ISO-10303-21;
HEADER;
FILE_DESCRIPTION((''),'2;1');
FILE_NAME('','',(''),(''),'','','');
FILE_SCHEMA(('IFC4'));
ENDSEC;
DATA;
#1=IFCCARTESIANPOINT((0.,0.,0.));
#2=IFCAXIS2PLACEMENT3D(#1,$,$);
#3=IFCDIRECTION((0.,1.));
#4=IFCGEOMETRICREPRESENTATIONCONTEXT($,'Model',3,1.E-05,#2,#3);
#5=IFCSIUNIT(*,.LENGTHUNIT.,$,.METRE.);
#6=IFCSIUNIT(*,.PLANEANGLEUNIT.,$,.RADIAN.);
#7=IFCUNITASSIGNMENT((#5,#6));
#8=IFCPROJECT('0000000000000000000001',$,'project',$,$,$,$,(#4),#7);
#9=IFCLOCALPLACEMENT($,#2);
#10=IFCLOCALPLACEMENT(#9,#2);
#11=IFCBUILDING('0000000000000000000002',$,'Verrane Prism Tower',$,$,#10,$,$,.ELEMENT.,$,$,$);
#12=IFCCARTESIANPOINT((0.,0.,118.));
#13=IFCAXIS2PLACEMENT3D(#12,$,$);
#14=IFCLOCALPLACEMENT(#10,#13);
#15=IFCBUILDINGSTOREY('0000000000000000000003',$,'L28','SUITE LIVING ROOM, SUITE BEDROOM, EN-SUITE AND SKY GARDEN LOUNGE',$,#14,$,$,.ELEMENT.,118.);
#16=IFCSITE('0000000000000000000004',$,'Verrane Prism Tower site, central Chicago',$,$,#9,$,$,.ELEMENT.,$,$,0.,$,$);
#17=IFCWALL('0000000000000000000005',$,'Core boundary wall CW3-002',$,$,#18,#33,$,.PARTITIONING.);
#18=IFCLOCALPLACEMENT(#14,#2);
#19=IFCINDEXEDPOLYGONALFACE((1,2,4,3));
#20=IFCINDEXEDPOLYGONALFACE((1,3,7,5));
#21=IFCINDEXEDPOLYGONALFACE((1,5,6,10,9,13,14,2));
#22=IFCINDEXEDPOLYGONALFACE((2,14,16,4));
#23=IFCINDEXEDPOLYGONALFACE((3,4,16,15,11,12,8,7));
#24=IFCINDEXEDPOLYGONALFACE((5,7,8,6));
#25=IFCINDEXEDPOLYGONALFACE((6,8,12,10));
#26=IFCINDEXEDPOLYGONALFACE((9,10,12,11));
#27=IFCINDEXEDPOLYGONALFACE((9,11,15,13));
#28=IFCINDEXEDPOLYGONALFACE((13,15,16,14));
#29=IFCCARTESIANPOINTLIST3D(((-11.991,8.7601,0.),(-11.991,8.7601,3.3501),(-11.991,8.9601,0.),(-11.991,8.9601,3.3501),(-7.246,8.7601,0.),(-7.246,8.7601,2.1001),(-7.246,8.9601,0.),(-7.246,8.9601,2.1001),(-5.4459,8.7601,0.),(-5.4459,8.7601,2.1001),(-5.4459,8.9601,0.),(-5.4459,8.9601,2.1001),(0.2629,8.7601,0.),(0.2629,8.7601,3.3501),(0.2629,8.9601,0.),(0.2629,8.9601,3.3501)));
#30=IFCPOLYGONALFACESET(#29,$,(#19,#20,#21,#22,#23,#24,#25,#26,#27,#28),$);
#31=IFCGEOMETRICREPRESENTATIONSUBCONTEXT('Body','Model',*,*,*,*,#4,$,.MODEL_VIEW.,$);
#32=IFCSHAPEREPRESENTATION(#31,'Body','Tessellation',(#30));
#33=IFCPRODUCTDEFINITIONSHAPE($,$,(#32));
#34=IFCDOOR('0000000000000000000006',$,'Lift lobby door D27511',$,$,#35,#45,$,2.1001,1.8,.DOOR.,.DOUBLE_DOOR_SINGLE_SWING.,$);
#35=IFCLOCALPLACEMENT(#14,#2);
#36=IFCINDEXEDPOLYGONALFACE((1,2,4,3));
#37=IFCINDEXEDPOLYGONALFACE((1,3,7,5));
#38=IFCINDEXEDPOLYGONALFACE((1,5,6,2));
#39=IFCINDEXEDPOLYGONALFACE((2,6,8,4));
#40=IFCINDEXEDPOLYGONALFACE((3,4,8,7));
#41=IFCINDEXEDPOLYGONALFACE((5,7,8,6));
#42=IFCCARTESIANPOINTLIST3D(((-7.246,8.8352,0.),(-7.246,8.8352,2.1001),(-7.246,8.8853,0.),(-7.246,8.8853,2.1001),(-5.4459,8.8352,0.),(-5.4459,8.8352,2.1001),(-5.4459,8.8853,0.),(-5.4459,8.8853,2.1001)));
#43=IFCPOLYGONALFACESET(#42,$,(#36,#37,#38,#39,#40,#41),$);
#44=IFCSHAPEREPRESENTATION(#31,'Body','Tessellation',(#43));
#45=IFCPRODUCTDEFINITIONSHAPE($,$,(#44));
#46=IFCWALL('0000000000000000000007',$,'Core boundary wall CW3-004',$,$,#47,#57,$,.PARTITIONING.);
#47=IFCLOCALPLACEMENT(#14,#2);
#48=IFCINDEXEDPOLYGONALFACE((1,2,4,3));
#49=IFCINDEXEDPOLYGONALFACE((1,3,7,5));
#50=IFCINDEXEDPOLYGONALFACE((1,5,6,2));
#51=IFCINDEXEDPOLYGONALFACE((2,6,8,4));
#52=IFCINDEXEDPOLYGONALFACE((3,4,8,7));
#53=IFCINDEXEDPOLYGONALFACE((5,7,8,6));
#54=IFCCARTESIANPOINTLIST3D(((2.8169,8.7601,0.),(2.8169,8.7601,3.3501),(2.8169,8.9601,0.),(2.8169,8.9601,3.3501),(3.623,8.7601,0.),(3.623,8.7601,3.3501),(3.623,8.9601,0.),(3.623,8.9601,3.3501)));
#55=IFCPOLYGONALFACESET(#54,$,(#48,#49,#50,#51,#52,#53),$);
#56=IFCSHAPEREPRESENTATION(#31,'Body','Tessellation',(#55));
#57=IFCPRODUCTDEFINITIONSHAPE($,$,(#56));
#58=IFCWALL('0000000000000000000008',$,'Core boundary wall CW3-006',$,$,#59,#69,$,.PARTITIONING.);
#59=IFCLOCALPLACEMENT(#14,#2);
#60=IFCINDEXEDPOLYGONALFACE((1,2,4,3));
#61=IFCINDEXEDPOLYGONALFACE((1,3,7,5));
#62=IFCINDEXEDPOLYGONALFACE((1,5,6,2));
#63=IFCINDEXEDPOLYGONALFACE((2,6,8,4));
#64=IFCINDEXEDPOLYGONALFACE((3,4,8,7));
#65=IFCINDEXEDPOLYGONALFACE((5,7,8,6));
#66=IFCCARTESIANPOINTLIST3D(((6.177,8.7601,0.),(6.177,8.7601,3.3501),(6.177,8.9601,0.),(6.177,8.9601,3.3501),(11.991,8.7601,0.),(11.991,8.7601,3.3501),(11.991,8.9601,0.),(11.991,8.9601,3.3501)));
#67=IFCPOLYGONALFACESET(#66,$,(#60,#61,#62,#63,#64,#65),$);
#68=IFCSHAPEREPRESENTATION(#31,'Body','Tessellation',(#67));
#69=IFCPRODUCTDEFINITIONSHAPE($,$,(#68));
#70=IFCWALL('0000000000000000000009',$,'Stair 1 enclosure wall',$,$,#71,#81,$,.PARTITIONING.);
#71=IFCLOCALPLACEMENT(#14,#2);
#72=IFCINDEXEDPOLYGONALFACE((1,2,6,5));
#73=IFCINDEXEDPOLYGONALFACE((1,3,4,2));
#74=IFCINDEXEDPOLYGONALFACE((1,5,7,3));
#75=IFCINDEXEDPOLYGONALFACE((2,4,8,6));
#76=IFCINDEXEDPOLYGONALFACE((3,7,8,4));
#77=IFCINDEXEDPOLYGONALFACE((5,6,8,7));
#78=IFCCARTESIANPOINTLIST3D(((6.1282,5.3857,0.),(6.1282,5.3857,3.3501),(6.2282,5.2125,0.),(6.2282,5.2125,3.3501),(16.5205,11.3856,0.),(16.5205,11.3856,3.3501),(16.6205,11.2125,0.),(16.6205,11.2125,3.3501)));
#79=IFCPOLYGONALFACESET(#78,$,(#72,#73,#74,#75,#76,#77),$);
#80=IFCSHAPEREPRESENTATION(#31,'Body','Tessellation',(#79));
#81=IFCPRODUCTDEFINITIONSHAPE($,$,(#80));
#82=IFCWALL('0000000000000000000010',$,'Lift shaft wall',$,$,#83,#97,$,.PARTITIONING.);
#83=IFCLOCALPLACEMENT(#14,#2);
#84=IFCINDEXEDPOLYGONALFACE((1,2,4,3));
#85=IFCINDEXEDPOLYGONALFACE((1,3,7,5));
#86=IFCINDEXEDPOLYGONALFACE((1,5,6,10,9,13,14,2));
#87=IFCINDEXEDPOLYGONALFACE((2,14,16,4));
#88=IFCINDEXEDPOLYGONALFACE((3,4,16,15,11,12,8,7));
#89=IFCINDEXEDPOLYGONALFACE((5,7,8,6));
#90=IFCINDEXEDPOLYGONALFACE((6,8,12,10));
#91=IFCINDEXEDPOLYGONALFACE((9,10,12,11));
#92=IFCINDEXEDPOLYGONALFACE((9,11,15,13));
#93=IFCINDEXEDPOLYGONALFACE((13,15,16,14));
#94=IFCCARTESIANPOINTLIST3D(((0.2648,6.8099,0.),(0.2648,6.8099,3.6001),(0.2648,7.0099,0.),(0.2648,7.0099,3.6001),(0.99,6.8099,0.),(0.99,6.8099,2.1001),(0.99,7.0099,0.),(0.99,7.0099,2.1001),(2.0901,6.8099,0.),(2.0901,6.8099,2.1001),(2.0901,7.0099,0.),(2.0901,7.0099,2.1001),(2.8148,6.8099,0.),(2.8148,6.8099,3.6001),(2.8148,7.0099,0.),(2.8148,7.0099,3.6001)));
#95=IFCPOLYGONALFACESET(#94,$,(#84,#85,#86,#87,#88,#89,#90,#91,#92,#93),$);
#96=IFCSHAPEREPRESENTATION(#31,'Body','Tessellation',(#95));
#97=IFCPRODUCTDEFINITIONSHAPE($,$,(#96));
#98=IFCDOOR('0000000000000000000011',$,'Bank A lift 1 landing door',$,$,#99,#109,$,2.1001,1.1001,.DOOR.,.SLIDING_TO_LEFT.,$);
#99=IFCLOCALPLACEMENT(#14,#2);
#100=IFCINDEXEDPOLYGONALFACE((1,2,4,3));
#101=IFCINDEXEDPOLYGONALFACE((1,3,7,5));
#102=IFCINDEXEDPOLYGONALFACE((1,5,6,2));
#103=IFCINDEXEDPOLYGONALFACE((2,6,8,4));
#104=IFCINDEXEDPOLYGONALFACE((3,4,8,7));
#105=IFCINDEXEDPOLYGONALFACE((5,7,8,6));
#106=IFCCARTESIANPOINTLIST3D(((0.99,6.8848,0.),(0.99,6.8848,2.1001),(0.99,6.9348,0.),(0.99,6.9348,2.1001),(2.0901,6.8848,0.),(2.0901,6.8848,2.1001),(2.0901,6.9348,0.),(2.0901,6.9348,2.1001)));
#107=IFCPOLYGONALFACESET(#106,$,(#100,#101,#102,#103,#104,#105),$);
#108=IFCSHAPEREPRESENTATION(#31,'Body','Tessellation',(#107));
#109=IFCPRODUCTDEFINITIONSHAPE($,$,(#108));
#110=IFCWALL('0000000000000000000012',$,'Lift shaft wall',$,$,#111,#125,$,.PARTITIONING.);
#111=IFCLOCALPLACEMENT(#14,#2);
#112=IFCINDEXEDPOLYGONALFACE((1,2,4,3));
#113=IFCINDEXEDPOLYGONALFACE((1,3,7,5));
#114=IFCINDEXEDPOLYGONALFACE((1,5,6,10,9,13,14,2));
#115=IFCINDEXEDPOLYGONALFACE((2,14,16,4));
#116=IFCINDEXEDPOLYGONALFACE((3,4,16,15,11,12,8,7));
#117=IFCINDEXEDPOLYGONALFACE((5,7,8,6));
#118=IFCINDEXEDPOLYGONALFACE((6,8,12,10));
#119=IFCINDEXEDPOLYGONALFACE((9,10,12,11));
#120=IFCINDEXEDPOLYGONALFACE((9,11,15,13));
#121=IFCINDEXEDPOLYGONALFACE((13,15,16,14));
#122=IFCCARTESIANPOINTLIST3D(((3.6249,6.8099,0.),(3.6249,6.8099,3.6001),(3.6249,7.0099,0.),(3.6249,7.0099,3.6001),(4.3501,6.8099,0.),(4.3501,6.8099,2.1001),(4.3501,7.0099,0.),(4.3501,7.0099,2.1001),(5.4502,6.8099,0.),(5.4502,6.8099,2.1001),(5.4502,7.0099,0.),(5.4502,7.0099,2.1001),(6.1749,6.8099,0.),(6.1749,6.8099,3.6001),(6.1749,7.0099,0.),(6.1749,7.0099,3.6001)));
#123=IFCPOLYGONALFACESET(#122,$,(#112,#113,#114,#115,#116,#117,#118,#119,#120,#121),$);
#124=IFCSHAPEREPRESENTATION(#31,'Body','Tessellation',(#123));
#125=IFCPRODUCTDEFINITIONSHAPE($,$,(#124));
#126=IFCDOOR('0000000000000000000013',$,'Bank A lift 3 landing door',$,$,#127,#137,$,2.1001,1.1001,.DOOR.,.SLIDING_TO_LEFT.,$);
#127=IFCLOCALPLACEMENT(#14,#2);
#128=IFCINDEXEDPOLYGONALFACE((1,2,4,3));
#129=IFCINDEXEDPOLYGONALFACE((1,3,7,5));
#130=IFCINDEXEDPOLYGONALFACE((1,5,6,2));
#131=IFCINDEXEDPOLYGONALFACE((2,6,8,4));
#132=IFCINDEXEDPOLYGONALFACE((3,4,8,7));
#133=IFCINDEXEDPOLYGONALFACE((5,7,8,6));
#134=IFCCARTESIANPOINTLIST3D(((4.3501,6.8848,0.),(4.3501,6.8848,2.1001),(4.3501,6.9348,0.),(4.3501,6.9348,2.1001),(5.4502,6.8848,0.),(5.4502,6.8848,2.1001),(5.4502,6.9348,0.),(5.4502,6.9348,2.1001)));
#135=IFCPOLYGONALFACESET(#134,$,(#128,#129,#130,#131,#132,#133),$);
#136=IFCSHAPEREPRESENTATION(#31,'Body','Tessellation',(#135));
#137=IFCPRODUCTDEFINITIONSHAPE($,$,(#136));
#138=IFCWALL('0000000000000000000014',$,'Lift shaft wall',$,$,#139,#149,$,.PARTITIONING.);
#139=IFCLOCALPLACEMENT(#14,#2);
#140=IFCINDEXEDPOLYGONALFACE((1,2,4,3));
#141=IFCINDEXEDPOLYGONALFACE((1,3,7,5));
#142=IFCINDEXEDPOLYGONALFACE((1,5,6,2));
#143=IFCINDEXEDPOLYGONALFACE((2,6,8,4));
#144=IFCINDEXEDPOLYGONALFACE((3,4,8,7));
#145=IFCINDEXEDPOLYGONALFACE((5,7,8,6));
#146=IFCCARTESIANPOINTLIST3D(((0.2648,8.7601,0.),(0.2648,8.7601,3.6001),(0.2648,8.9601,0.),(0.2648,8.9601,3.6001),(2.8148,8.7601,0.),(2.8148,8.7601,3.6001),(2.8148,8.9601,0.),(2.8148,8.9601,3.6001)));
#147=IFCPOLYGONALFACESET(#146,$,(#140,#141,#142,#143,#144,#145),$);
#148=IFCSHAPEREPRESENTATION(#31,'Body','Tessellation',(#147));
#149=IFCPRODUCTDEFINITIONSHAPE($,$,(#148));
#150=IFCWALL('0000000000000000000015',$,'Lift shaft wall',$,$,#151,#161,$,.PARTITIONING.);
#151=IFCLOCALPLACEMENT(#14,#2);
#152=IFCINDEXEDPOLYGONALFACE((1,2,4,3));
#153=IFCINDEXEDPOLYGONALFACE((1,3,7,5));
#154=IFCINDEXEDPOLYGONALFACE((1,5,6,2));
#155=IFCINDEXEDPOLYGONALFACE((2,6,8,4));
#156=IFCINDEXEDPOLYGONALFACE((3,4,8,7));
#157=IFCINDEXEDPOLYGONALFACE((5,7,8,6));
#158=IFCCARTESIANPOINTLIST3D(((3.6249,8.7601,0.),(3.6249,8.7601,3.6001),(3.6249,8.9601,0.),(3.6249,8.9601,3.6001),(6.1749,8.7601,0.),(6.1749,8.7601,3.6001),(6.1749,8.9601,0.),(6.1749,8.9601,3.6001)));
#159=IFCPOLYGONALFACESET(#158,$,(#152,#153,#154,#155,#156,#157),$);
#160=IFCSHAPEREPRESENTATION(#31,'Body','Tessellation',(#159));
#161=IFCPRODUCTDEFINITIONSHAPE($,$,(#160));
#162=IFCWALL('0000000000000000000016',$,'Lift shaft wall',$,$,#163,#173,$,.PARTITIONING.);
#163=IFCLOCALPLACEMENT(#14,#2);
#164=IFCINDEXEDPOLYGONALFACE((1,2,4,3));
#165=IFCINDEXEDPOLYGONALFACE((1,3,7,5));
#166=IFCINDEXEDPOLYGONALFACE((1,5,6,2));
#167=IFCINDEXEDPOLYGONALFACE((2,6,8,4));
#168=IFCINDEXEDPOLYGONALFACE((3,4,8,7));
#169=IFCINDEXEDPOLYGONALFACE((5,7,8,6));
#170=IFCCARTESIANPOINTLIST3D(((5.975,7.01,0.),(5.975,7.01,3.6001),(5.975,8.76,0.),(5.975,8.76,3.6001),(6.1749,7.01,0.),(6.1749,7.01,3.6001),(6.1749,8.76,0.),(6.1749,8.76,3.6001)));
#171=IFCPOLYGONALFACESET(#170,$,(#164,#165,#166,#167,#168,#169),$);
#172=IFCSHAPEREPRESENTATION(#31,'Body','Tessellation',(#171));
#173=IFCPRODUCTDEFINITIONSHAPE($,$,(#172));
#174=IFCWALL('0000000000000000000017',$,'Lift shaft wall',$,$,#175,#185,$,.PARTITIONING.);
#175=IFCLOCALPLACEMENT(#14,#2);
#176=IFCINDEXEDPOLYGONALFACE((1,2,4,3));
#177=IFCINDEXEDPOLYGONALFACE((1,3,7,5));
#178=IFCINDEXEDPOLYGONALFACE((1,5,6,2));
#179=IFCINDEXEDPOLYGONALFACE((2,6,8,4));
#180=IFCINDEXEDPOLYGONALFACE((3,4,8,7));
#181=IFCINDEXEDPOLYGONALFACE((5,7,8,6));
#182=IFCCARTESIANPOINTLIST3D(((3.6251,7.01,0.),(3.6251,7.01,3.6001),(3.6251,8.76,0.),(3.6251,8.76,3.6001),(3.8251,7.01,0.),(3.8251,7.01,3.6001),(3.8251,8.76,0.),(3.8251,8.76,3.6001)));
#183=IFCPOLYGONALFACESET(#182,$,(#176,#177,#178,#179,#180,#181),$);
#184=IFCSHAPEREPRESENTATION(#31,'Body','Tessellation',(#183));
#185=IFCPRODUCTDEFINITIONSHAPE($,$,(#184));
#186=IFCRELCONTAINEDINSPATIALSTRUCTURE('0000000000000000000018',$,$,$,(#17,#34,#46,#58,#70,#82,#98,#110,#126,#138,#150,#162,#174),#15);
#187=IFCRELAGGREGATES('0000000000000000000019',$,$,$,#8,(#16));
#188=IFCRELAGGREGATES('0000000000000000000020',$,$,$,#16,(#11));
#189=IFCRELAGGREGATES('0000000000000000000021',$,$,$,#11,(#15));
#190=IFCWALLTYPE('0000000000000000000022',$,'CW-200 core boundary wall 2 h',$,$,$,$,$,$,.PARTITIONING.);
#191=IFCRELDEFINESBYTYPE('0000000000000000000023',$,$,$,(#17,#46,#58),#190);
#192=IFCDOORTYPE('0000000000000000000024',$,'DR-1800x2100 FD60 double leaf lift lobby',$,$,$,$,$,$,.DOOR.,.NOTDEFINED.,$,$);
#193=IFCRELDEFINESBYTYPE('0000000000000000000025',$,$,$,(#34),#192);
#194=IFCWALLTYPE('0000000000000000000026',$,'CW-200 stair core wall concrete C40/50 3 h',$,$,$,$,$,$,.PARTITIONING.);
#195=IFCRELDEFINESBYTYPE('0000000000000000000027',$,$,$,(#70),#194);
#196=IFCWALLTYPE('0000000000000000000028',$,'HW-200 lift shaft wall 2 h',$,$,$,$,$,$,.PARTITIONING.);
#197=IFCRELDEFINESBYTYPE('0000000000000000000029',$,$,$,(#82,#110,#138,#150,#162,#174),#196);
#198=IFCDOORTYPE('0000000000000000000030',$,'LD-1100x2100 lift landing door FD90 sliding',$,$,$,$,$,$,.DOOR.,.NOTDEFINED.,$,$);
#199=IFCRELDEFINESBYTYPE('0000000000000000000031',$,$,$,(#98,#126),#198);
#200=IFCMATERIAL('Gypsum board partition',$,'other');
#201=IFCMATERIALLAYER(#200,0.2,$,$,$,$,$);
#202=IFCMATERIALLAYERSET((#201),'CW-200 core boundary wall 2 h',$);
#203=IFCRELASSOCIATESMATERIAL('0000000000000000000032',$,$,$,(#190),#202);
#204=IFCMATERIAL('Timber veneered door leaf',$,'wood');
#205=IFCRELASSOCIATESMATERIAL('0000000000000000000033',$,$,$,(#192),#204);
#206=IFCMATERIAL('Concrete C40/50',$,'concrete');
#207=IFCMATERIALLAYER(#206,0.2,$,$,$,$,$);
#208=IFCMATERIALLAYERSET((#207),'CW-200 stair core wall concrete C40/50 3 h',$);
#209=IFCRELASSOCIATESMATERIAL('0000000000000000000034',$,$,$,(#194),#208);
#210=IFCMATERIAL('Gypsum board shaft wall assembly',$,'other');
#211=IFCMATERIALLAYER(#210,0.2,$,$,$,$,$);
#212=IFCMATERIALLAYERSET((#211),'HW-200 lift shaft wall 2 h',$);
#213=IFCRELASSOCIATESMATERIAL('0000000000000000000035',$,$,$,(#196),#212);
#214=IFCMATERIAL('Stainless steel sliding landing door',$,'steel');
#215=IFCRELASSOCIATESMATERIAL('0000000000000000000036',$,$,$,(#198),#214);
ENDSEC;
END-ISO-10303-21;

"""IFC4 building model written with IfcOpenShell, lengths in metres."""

from ifc_helpers import new_model, si_unit, direction, frame, frame_2d, origin, place, context, subcontext, project, spatial, rectangle, extrude, material, layer, layer_set, type_object, element, fill, save


model = new_model("IFC4")

# Units and contexts
model_context = context("Model", 3, precision=1e-05, world=origin(), true_north=direction((0.0, 1.0)))
body_context = subcontext(model_context, "Body", "Model", "MODEL_VIEW")
ifc_project = project(units=[si_unit("LENGTHUNIT", "METRE"), si_unit("PLANEANGLEUNIT", "RADIAN")], contexts=[model_context])

# Site, building, storey
site_placement = place(None, origin())
site = spatial("IfcSite", under=ifc_project, at=site_placement, Name="Verrane Prism Tower site, central Chicago", CompositionType="ELEMENT", RefElevation=0.0)
building_placement = place(site_placement, origin())
building = spatial("IfcBuilding", under=site, at=building_placement, Name="Verrane Prism Tower", CompositionType="ELEMENT")
storey_placement = place(building_placement, frame((0.0, 0.0, 118.0)))
storey = spatial("IfcBuildingStorey", under=building, at=storey_placement, Name="L28", Description="SUITE LIVING ROOM, SUITE BEDROOM, EN-SUITE AND SKY GARDEN LOUNGE", CompositionType="ELEMENT", Elevation=118.0)

# Wall, opening, door
ifc_material_1 = material(Name="Gypsum board partition", Category="other")
ifc_layer_1 = layer(ifc_material_1, 0.2)
ifc_layer_set_1 = layer_set([ifc_layer_1], Name="CW-200 core boundary wall 2 h")
wall_type_1 = type_object("IfcWallType", Name="CW-200 core boundary wall 2 h", PredefinedType="PARTITIONING", material=ifc_layer_set_1)
wall_1_placement = place(storey_placement, frame((0.2629, 8.8601, 0.0), z_axis=(0.0, 0.0, 1.0), x_axis=(-1.0, 0.0, 0.0)))
wall_1 = element("IfcWall", 1, at=wall_1_placement, inside=storey, type_object=wall_type_1, Name="Core boundary wall CW3-002", PredefinedType="PARTITIONING", context=body_context, shape_type="SweptSolid", body=[
    extrude(rectangle(XDim=12.2539, YDim=0.2, at=frame_2d((6.127, 0.0))), origin(), (0.0, 0.0, 1.0), 3.3501),
])
opening_1_placement = place(wall_1_placement, frame((5.709, 0.0, 0.0)))
opening_1 = element("IfcOpeningElement", 2, at=opening_1_placement, cuts=wall_1, PredefinedType="OPENING", context=body_context, shape_type="SweptSolid", body=[
    extrude(rectangle(XDim=1.8, YDim=2.1001, at=frame_2d((0.8999, 1.05))), frame((0.0, 0.1099, 0.0), z_axis=(0.0, -1.0, 0.0), x_axis=(1.0, 0.0, 0.0)), (0.0, 0.0, 1.0), 0.22),
])
ifc_material_2 = material(Name="Timber veneered door leaf", Category="wood")
door_type_1 = type_object("IfcDoorType", Name="DR-1800x2100 FD60 double leaf lift lobby", OperationType="NOTDEFINED", PredefinedType="DOOR", material=ifc_material_2)
door_1_placement = place(opening_1_placement, origin())
door_1 = element("IfcDoor", 3, at=door_1_placement, inside=storey, type_object=door_type_1, Name="Lift lobby door D27511", OperationType="DOUBLE_DOOR_SINGLE_SWING", OverallHeight=2.1001, OverallWidth=1.8, PredefinedType="DOOR", context=body_context, shape_type="SweptSolid", body=[
    extrude(rectangle(XDim=1.8, YDim=2.1001, at=frame_2d((0.8999, 1.05))), frame((0.0, 0.0249, 0.0), z_axis=(0.0, -1.0, 0.0), x_axis=(1.0, 0.0, 0.0)), (0.0, 0.0, 1.0), 0.05),
])
fill(opening_1, door_1)

# Walls
wall_2_placement = place(storey_placement, frame((2.8169, 8.8601, 0.0), z_axis=(0.0, 0.0, 1.0), x_axis=(1.0, 0.0, 0.0)))
element("IfcWall", 4, at=wall_2_placement, inside=storey, type_object=wall_type_1, Name="Core boundary wall CW3-004", PredefinedType="PARTITIONING", context=body_context, shape_type="SweptSolid", body=[
    extrude(rectangle(XDim=0.8062, YDim=0.2, at=frame_2d((0.4031, 0.0))), origin(), (0.0, 0.0, 1.0), 3.3501),
])
wall_3_placement = place(storey_placement, frame((6.177, 8.8601, 0.0), z_axis=(0.0, 0.0, 1.0), x_axis=(1.0, 0.0, 0.0)))
element("IfcWall", 5, at=wall_3_placement, inside=storey, type_object=wall_type_1, Name="Core boundary wall CW3-006", PredefinedType="PARTITIONING", context=body_context, shape_type="SweptSolid", body=[
    extrude(rectangle(XDim=5.814, YDim=0.2, at=frame_2d((2.907, 0.0))), origin(), (0.0, 0.0, 1.0), 3.3501),
])
ifc_material_3 = material(Name="Concrete C40/50", Category="concrete")
ifc_layer_2 = layer(ifc_material_3, 0.2)
ifc_layer_set_2 = layer_set([ifc_layer_2], Name="CW-200 stair core wall concrete C40/50 3 h")
wall_type_2 = type_object("IfcWallType", Name="CW-200 stair core wall concrete C40/50 3 h", PredefinedType="PARTITIONING", material=ifc_layer_set_2)
wall_4_placement = place(storey_placement, frame((6.1782, 5.2991, 0.0), z_axis=(0.0, 0.0, 1.0), x_axis=(0.866026, 0.499999, 0.0)))
element("IfcWall", 6, at=wall_4_placement, inside=storey, type_object=wall_type_2, Name="Stair 1 enclosure wall", PredefinedType="PARTITIONING", context=body_context, shape_type="SweptSolid", body=[
    extrude(rectangle(XDim=12.0, YDim=0.2, at=frame_2d((6.0, 0.0))), origin(), (0.0, 0.0, 1.0), 3.3501),
])

# Walls, openings, doors
ifc_material_4 = material(Name="Gypsum board shaft wall assembly", Category="other")
ifc_layer_3 = layer(ifc_material_4, 0.2)
ifc_layer_set_3 = layer_set([ifc_layer_3], Name="HW-200 lift shaft wall 2 h")
wall_type_3 = type_object("IfcWallType", Name="HW-200 lift shaft wall 2 h", PredefinedType="PARTITIONING", material=ifc_layer_set_3)
wall_5_placement = place(storey_placement, frame((0.2649, 6.9099, 0.0), z_axis=(0.0, 0.0, 1.0), x_axis=(1.0, 0.0, 0.0)))
wall_5 = element("IfcWall", 7, at=wall_5_placement, inside=storey, type_object=wall_type_3, Name="Lift shaft wall", PredefinedType="PARTITIONING", context=body_context, shape_type="SweptSolid", body=[
    extrude(rectangle(XDim=2.55, YDim=0.2, at=frame_2d((1.2749, 0.0))), origin(), (0.0, 0.0, 1.0), 3.6001),
])
opening_2_placement = place(wall_5_placement, frame((0.7251, 0.0, 0.0)))
opening_2 = element("IfcOpeningElement", 8, at=opening_2_placement, cuts=wall_5, PredefinedType="OPENING", context=body_context, shape_type="SweptSolid", body=[
    extrude(rectangle(XDim=1.1001, YDim=2.1001, at=frame_2d((0.55, 1.05))), frame((0.0, 0.1099, 0.0), z_axis=(0.0, -1.0, 0.0), x_axis=(1.0, 0.0, 0.0)), (0.0, 0.0, 1.0), 0.22),
])
ifc_material_5 = material(Name="Stainless steel sliding landing door", Category="steel")
door_type_2 = type_object("IfcDoorType", Name="LD-1100x2100 lift landing door FD90 sliding", OperationType="NOTDEFINED", PredefinedType="DOOR", material=ifc_material_5)
door_2_placement = place(opening_2_placement, origin())
door_2 = element("IfcDoor", 9, at=door_2_placement, inside=storey, type_object=door_type_2, Name="Bank A lift 1 landing door", OperationType="SLIDING_TO_LEFT", OverallHeight=2.1001, OverallWidth=1.1001, PredefinedType="DOOR", context=body_context, shape_type="SweptSolid", body=[
    extrude(rectangle(XDim=1.1001, YDim=2.1001, at=frame_2d((0.55, 1.05))), frame((0.0, 0.0249, 0.0), z_axis=(0.0, -1.0, 0.0), x_axis=(1.0, 0.0, 0.0)), (0.0, 0.0, 1.0), 0.05),
])
fill(opening_2, door_2)
wall_6_placement = place(storey_placement, frame((3.625, 6.9099, 0.0), z_axis=(0.0, 0.0, 1.0), x_axis=(1.0, 0.0, 0.0)))
wall_6 = element("IfcWall", 10, at=wall_6_placement, inside=storey, type_object=wall_type_3, Name="Lift shaft wall", PredefinedType="PARTITIONING", context=body_context, shape_type="SweptSolid", body=[
    extrude(rectangle(XDim=2.55, YDim=0.2, at=frame_2d((1.2749, 0.0))), origin(), (0.0, 0.0, 1.0), 3.6001),
])
opening_3_placement = place(wall_6_placement, frame((0.7251, 0.0, 0.0)))
opening_3 = element("IfcOpeningElement", 11, at=opening_3_placement, cuts=wall_6, PredefinedType="OPENING", context=body_context, shape_type="SweptSolid", body=[
    extrude(rectangle(XDim=1.1001, YDim=2.1001, at=frame_2d((0.55, 1.05))), frame((0.0, 0.1099, 0.0), z_axis=(0.0, -1.0, 0.0), x_axis=(1.0, 0.0, 0.0)), (0.0, 0.0, 1.0), 0.22),
])
door_3_placement = place(opening_3_placement, origin())
door_3 = element("IfcDoor", 12, at=door_3_placement, inside=storey, type_object=door_type_2, Name="Bank A lift 3 landing door", OperationType="SLIDING_TO_LEFT", OverallHeight=2.1001, OverallWidth=1.1001, PredefinedType="DOOR", context=body_context, shape_type="SweptSolid", body=[
    extrude(rectangle(XDim=1.1001, YDim=2.1001, at=frame_2d((0.55, 1.05))), frame((0.0, 0.0249, 0.0), z_axis=(0.0, -1.0, 0.0), x_axis=(1.0, 0.0, 0.0)), (0.0, 0.0, 1.0), 0.05),
])
fill(opening_3, door_3)

# Walls
for number, where, z_axis, x_axis, name in (
    (13, (0.2649, 8.8601, 0.0), (0.0, 0.0, 1.0), (1.0, 0.0, 0.0), "Lift shaft wall"),
    (14, (3.625, 8.8601, 0.0), (0.0, 0.0, 1.0), (1.0, 0.0, 0.0), "Lift shaft wall"),
):
    element("IfcWall", number, at=place(storey_placement, frame(where, z_axis=z_axis, x_axis=x_axis)), inside=storey, type_object=wall_type_3, Name=name, PredefinedType="PARTITIONING", context=body_context, shape_type="SweptSolid", body=[
        extrude(rectangle(XDim=2.55, YDim=0.2, at=frame_2d((1.2749, 0.0))), origin(), (0.0, 0.0, 1.0), 3.6001),
    ])
for number, where, z_axis, x_axis, name in (
    (15, (6.075, 7.01, 0.0), (0.0, 0.0, 1.0), (0.0, 1.0, 0.0), "Lift shaft wall"),
    (16, (3.7251, 7.01, 0.0), (0.0, 0.0, 1.0), (0.0, 1.0, 0.0), "Lift shaft wall"),
):
    element("IfcWall", number, at=place(storey_placement, frame(where, z_axis=z_axis, x_axis=x_axis)), inside=storey, type_object=wall_type_3, Name=name, PredefinedType="PARTITIONING", context=body_context, shape_type="SweptSolid", body=[
        extrude(rectangle(XDim=1.75, YDim=0.2, at=frame_2d((0.875, 0.0))), origin(), (0.0, 0.0, 1.0), 3.6001),
    ])

save(model, "model.ifc")
